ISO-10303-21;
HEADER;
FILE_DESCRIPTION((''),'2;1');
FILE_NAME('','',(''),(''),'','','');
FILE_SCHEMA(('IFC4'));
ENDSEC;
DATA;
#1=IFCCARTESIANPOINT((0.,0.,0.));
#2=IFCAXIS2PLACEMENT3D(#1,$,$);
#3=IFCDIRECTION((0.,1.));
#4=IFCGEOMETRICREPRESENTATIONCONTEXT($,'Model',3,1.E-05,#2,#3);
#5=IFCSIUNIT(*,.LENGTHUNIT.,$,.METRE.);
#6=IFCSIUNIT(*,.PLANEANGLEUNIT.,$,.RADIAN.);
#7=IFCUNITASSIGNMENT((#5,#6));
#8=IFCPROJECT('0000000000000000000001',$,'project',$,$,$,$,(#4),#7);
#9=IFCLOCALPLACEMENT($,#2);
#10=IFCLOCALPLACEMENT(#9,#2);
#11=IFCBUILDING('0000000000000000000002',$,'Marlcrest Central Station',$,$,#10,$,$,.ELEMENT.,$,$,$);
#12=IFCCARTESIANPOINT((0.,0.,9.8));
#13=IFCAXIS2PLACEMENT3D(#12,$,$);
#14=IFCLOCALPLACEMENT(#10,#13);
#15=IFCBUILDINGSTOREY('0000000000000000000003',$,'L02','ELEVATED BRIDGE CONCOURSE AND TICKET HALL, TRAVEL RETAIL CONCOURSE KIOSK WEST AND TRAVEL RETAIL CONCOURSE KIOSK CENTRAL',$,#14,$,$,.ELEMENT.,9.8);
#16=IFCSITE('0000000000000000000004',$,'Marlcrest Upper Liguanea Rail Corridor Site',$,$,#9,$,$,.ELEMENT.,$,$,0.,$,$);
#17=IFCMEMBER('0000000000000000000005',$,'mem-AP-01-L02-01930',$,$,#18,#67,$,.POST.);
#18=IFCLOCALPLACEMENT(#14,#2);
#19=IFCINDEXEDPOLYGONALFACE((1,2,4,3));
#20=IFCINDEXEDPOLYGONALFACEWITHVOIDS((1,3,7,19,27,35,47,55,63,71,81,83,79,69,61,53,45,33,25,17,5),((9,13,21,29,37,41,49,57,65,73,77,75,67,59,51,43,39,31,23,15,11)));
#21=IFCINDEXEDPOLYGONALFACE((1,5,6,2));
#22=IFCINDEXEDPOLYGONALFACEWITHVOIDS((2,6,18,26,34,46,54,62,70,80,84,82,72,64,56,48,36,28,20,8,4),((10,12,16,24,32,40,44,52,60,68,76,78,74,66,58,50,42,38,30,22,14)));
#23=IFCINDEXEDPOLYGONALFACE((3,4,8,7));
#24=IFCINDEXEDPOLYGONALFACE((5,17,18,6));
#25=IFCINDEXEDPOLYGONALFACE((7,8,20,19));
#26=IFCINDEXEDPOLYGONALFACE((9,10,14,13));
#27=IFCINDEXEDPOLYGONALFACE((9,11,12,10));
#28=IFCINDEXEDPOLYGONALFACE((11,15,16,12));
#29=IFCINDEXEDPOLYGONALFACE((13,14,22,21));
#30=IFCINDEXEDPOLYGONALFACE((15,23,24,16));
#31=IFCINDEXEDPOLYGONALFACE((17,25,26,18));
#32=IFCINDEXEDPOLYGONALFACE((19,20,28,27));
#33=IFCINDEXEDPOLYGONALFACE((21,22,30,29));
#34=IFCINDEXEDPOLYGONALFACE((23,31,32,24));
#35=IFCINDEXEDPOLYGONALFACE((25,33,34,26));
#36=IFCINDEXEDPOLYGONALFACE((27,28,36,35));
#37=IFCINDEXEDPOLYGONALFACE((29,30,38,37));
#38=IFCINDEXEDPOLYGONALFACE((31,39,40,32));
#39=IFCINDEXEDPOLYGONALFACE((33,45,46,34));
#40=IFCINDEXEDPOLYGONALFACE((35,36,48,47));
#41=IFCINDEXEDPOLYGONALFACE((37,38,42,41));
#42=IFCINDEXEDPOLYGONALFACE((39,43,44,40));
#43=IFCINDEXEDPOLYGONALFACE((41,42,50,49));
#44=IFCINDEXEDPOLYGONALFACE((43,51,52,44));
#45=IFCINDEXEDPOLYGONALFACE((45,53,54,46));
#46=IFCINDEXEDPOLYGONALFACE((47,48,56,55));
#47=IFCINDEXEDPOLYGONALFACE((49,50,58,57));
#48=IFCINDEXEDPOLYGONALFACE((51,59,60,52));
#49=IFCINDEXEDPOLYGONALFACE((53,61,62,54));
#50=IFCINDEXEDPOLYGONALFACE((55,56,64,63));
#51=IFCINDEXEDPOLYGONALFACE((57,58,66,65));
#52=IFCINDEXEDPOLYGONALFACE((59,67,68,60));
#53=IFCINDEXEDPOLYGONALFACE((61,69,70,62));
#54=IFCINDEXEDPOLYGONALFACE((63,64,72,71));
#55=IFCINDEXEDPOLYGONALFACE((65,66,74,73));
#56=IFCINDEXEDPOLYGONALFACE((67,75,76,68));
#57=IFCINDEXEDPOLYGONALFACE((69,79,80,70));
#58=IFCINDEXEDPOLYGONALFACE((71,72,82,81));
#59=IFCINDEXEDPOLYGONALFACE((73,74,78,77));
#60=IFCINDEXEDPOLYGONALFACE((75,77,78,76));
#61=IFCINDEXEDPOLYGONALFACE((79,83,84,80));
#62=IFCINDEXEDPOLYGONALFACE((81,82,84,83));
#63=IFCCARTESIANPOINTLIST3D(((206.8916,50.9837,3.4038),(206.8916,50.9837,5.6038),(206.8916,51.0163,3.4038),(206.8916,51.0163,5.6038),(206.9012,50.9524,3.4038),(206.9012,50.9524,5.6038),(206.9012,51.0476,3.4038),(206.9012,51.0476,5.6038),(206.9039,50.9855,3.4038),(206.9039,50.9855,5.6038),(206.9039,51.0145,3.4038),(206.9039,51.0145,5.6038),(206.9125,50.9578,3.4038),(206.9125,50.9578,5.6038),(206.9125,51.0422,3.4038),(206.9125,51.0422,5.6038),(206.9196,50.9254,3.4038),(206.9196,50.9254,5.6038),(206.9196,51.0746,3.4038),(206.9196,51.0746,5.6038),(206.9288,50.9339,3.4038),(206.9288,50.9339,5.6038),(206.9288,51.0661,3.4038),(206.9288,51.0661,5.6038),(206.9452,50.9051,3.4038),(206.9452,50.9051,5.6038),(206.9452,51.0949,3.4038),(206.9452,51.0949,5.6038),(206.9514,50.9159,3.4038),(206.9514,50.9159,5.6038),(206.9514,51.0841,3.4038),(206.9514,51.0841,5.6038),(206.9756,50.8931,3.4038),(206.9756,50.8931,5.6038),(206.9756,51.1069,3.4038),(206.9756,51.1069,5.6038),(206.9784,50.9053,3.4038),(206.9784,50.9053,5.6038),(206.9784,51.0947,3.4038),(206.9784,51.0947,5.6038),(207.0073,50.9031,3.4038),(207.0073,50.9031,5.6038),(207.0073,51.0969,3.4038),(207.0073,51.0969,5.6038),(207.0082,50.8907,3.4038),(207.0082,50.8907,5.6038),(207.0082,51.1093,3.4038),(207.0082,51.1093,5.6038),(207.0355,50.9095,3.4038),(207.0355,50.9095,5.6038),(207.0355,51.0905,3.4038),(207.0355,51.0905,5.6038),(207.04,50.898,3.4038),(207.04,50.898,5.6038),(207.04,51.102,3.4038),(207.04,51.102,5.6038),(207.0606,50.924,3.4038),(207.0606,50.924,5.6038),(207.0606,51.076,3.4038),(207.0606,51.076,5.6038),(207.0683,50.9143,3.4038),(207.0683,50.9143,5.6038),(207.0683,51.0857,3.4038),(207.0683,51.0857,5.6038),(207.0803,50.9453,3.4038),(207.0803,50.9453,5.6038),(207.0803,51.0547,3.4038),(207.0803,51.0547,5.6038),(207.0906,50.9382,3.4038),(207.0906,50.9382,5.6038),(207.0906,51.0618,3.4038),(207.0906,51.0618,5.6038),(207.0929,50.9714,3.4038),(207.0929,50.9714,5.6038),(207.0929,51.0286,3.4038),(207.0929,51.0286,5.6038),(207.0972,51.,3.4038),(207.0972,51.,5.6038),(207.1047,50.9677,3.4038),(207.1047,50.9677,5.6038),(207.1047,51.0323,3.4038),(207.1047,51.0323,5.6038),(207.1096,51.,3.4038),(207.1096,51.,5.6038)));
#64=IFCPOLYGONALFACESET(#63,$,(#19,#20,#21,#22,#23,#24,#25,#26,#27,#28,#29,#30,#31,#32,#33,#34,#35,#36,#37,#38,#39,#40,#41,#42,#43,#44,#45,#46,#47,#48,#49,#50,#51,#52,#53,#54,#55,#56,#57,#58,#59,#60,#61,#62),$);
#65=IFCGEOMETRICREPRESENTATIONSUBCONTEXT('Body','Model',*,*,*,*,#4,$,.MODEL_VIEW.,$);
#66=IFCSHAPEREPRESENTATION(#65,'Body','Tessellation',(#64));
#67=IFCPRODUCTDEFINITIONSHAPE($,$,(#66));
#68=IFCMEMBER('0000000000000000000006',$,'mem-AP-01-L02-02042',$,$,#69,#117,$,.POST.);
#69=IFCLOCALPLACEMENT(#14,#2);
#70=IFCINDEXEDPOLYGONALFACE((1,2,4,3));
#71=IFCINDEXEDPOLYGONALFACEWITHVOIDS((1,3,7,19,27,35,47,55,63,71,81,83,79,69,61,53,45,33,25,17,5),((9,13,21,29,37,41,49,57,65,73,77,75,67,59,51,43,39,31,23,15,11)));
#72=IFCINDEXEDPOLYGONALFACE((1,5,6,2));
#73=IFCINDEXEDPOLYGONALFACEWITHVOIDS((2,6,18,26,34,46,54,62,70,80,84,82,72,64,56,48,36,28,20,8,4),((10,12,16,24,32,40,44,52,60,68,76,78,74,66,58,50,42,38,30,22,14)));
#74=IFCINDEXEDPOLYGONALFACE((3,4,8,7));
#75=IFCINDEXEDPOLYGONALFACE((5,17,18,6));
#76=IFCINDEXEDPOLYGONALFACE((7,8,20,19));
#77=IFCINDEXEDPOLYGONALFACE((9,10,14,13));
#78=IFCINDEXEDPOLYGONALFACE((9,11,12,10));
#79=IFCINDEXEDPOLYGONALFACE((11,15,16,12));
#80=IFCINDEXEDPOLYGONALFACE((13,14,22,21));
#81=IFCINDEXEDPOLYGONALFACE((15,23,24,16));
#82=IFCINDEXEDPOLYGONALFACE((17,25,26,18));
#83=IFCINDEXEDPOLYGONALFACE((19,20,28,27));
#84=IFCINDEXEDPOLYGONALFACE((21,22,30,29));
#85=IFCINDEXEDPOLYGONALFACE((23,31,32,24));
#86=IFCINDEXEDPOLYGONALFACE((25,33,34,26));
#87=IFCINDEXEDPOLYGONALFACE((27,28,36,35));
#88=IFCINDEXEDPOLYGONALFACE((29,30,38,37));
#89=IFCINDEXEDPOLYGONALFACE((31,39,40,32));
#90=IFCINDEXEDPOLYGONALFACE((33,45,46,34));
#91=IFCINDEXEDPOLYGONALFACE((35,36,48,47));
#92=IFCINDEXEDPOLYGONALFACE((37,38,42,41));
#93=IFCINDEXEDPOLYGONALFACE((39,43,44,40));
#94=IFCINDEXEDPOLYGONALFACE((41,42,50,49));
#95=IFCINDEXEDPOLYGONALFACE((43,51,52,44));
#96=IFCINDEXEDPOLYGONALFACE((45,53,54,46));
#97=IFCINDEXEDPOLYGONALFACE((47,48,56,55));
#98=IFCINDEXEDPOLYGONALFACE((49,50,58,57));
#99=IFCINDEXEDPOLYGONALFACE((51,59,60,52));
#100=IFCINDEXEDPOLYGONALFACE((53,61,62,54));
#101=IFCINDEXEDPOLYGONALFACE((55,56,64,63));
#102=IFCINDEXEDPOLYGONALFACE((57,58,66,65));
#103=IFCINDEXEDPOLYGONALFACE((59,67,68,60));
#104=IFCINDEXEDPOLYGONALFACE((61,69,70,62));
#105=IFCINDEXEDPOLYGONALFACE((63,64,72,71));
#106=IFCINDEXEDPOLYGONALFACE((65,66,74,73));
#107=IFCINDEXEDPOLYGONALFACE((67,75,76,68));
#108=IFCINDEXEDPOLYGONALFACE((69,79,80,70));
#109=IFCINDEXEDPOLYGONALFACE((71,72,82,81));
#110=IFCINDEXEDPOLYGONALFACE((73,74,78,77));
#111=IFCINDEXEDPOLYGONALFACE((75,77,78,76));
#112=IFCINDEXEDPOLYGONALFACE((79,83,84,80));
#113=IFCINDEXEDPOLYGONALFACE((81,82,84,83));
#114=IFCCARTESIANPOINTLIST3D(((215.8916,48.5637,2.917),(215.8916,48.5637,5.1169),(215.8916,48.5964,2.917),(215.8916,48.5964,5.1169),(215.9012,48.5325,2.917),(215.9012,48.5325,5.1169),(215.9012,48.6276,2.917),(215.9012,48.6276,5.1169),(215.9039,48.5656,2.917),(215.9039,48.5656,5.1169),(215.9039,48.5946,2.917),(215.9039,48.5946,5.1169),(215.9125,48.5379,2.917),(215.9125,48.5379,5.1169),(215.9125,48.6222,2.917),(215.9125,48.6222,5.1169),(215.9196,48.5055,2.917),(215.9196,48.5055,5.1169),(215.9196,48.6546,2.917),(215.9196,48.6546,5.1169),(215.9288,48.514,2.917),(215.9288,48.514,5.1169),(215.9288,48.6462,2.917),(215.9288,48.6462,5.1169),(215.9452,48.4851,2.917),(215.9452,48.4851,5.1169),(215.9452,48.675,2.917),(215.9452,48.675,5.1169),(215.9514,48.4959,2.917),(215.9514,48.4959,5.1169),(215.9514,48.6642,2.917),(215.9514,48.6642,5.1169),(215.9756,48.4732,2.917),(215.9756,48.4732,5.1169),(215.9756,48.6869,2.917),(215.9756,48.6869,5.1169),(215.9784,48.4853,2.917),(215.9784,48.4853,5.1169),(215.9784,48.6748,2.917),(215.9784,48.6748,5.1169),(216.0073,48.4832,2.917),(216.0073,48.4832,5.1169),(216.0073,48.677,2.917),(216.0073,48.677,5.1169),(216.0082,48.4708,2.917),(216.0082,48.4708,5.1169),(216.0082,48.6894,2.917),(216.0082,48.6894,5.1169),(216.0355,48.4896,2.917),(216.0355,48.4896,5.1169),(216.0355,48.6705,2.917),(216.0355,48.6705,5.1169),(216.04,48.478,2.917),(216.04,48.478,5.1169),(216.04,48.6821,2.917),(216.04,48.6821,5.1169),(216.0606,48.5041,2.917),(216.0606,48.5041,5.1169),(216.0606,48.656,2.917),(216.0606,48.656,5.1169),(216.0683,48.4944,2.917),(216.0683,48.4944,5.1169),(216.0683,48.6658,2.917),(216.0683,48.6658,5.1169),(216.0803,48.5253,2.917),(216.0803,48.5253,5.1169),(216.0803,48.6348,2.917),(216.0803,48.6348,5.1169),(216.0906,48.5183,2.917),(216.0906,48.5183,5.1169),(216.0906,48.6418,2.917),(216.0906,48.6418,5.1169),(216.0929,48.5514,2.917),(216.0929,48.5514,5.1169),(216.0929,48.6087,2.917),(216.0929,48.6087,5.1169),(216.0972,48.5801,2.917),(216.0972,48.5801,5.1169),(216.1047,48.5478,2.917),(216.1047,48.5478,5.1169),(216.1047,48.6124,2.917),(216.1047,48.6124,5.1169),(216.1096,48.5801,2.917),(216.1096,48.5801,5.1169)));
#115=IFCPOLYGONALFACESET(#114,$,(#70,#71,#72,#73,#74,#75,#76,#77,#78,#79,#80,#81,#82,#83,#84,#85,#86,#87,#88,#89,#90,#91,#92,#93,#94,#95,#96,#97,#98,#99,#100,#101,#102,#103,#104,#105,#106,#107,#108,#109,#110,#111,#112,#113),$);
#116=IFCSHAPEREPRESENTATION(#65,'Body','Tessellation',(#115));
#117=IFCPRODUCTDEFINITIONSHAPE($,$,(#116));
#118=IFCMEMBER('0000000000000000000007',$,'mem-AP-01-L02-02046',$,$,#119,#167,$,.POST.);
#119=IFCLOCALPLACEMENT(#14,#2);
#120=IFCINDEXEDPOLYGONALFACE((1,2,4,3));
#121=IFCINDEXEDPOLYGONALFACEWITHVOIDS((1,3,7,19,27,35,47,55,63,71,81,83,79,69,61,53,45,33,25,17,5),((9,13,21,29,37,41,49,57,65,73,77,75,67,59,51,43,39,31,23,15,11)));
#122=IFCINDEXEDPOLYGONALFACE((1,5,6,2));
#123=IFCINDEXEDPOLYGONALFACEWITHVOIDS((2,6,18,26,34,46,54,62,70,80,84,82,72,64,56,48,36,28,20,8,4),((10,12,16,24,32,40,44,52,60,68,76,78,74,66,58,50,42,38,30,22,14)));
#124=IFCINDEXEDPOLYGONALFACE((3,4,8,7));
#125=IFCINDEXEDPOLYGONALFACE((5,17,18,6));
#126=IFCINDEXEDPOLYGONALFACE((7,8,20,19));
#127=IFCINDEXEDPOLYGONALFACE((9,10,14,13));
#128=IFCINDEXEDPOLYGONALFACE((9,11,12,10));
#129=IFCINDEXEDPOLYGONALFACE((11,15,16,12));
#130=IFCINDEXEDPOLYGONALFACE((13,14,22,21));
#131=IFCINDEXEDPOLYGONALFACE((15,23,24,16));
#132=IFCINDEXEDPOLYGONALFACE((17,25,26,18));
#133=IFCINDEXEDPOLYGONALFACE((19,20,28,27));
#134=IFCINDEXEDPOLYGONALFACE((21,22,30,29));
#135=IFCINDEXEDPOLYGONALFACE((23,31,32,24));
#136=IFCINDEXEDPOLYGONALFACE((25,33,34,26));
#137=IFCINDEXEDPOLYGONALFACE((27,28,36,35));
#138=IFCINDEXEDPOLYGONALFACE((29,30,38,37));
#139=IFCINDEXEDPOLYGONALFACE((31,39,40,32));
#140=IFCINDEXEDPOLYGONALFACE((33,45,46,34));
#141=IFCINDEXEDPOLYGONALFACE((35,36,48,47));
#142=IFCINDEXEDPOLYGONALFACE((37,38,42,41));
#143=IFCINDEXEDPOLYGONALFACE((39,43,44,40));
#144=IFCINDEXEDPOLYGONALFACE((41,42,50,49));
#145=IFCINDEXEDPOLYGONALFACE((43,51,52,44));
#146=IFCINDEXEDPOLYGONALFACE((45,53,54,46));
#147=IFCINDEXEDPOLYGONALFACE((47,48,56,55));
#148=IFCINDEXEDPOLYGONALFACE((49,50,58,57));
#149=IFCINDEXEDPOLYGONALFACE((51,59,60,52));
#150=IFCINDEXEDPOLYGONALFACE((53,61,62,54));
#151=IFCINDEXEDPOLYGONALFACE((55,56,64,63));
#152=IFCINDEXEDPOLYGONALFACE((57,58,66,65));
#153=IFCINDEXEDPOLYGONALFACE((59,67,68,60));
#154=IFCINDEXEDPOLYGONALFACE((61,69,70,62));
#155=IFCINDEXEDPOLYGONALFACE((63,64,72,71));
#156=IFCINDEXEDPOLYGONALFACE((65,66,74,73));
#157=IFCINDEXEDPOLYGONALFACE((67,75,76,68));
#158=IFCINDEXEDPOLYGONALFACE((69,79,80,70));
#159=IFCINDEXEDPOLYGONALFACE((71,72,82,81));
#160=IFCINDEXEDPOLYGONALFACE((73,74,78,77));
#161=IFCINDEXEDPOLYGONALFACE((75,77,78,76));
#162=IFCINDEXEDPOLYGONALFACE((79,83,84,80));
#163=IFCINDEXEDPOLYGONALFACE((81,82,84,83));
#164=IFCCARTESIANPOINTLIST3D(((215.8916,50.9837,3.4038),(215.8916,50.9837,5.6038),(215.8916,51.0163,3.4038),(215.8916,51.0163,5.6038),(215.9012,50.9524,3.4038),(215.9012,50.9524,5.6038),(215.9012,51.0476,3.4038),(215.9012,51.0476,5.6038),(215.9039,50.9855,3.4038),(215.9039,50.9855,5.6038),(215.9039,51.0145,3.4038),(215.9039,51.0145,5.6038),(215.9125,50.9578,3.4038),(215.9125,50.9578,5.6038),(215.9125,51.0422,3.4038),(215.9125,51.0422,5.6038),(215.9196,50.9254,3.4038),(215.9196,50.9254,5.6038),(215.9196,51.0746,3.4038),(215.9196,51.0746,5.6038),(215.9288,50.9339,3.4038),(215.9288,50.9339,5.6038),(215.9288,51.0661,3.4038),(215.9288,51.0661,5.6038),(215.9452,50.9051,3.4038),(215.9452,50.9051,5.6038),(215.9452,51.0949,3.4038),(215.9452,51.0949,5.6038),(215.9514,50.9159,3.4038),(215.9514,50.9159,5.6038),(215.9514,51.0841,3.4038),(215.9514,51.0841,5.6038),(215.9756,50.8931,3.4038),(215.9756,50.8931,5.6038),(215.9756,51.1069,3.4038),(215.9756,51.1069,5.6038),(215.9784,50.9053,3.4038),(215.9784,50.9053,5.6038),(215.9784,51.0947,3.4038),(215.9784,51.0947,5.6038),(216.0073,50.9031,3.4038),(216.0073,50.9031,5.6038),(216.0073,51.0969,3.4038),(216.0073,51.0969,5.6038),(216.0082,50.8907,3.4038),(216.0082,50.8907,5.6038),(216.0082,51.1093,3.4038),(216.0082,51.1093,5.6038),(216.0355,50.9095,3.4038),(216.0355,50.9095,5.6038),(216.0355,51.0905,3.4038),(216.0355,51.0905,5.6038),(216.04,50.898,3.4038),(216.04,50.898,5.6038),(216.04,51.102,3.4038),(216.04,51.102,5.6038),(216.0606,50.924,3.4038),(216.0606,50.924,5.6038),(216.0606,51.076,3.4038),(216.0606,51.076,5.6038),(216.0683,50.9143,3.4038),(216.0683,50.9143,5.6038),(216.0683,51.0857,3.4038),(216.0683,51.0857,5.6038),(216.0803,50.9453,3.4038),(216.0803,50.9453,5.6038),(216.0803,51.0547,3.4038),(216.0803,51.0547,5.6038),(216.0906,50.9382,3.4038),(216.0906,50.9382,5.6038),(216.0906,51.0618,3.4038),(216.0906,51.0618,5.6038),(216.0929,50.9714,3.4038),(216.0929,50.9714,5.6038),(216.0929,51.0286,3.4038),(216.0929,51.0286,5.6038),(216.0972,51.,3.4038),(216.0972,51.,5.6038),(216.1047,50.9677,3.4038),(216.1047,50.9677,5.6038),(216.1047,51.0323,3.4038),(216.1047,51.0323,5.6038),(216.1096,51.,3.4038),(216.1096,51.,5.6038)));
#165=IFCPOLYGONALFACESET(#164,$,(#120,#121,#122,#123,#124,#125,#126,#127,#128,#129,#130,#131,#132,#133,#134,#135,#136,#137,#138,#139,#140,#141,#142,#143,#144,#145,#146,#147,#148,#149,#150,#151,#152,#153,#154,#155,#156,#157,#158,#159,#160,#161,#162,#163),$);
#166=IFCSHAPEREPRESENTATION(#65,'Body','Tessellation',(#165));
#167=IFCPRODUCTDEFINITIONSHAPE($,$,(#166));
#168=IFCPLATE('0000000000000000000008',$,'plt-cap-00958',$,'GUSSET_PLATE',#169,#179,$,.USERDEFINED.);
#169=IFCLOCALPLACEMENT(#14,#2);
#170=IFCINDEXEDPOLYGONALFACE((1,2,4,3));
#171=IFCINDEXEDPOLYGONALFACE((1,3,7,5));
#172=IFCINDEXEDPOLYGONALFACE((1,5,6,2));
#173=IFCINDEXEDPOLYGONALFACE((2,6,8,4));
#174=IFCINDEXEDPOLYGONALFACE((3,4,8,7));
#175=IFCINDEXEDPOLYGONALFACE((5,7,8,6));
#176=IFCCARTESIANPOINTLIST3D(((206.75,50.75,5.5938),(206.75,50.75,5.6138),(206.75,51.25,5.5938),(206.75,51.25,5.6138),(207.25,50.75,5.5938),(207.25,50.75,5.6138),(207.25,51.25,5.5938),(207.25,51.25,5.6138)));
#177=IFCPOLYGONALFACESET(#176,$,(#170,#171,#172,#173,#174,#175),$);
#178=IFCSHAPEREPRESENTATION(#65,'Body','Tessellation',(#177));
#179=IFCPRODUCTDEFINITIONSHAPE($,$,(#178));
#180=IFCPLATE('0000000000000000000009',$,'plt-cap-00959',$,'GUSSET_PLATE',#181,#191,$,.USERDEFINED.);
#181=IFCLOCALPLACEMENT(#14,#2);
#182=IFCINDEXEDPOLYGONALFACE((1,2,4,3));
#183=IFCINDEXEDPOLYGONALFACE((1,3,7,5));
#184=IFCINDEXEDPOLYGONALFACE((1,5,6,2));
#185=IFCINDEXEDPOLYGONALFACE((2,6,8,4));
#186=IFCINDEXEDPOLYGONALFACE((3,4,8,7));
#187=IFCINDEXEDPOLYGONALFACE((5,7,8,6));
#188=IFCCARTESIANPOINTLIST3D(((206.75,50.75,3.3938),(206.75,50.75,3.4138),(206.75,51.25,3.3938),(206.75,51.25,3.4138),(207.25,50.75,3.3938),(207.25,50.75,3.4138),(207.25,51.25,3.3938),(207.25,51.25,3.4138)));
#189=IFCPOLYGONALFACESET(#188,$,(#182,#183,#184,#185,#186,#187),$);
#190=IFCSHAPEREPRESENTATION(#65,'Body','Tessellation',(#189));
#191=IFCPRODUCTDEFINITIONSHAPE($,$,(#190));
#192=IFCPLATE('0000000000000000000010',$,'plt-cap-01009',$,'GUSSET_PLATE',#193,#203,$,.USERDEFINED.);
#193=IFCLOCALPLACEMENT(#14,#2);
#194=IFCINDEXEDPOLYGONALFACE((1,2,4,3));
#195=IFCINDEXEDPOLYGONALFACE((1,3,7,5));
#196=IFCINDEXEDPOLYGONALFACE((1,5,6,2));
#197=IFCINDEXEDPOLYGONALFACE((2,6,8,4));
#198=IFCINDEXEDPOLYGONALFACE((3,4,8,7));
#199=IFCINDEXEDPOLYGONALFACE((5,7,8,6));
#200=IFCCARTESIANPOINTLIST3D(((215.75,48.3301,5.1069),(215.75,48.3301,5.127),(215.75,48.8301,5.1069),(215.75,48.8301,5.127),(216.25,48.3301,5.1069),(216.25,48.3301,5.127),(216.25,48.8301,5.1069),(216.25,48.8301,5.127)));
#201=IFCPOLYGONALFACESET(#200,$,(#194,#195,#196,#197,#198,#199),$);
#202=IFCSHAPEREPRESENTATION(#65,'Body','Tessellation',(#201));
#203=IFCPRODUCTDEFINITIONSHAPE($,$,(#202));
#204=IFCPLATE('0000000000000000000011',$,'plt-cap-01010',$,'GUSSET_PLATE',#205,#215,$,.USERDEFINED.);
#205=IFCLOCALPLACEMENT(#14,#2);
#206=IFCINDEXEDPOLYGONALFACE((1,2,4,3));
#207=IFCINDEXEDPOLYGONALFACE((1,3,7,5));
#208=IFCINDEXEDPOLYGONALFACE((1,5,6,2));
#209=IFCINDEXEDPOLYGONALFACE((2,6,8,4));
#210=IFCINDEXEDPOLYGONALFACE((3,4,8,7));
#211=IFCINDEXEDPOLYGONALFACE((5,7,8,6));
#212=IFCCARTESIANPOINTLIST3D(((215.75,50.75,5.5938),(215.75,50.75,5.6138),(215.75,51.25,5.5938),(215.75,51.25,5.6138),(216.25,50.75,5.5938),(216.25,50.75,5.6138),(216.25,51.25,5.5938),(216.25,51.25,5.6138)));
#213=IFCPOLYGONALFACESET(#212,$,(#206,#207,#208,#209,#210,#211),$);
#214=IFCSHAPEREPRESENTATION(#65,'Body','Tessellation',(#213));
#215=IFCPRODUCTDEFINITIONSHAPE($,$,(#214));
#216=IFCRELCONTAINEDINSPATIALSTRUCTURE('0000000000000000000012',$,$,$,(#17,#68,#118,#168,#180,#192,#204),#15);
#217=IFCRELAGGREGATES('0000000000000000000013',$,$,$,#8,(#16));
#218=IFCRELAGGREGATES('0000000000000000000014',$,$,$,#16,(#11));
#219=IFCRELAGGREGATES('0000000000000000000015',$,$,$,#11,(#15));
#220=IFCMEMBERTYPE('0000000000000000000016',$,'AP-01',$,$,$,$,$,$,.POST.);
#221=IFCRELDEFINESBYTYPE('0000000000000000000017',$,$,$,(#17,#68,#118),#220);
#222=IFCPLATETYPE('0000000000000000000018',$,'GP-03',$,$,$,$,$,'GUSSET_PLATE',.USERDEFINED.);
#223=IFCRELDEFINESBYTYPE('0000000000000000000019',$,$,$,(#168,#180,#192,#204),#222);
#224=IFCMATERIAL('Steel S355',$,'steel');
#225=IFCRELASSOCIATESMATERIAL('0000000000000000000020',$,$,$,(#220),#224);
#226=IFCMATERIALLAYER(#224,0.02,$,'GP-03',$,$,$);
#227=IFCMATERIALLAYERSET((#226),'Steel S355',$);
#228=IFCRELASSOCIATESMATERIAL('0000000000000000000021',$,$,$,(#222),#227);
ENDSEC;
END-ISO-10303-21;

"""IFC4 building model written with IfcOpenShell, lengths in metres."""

from ifc_helpers import new_model, si_unit, direction, frame, origin, origin_2d, place, context, subcontext, project, spatial, rectangle, hollow_circle, extrude, material, layer, layer_set, material_profile, profile_set, type_object, element, save


model = new_model("IFC4")

# Units and contexts
model_context = context("Model", 3, precision=1e-05, world=origin(), true_north=direction((0.0, 1.0)))
body_context = subcontext(model_context, "Body", "Model", "MODEL_VIEW")
ifc_project = project(units=[si_unit("LENGTHUNIT", "METRE"), si_unit("PLANEANGLEUNIT", "RADIAN")], contexts=[model_context])

# Site, building, storey
site_placement = place(None, origin())
site = spatial("IfcSite", under=ifc_project, at=site_placement, Name="Marlcrest Upper Liguanea Rail Corridor Site", CompositionType="ELEMENT", RefElevation=0.0)
building_placement = place(site_placement, origin())
building = spatial("IfcBuilding", under=site, at=building_placement, Name="Marlcrest Central Station", CompositionType="ELEMENT")
storey_placement = place(building_placement, frame((0.0, 0.0, 9.8)))
storey = spatial("IfcBuildingStorey", under=building, at=storey_placement, Name="L02", Description="ELEVATED BRIDGE CONCOURSE AND TICKET HALL, TRAVEL RETAIL CONCOURSE KIOSK WEST AND TRAVEL RETAIL CONCOURSE KIOSK CENTRAL", CompositionType="ELEMENT", Elevation=9.8)

# Members
ifc_material = material(Name="Steel S355", Category="steel")
ifc_material_profile_1 = material_profile(ifc_material, hollow_circle(Radius=0.1096, WallThickness=0.0125, at=origin_2d()), Name="CHS 219.1x12.5")
ifc_profile_set_1 = profile_set([ifc_material_profile_1], Name="Steel S355")
member_type_1 = type_object("IfcMemberType", Name="AP-01", PredefinedType="POST", material=ifc_profile_set_1)
for number, where, z_axis, x_axis, name in (
    (1, (207.0, 51.0, 3.4038), (0.0, 0.0, 1.0), (1.0, 0.0, 0.0), "mem-AP-01-L02-01930"),
    (2, (216.0, 48.5801, 2.917), (0.0, 0.0, 1.0), (1.0, 0.0, 0.0), "mem-AP-01-L02-02042"),
    (3, (216.0, 51.0, 3.4038), (0.0, 0.0, 1.0), (1.0, 0.0, 0.0), "mem-AP-01-L02-02046"),
):
    element("IfcMember", number, at=place(storey_placement, frame(where, z_axis=z_axis, x_axis=x_axis)), inside=storey, type_object=member_type_1, Name=name, PredefinedType="POST", context=body_context, shape_type="SweptSolid", body=[
        extrude(hollow_circle(Radius=0.1096, WallThickness=0.0125, at=origin_2d()), origin(), (0.0, 0.0, 1.0), 2.2),
    ])

# Plates
ifc_layer = layer(ifc_material, 0.02, Name="GP-03")
ifc_layer_set = layer_set([ifc_layer], Name="Steel S355")
plate_type = type_object("IfcPlateType", Name="GP-03", ElementType="GUSSET_PLATE", PredefinedType="USERDEFINED", material=ifc_layer_set)
for number, where, z_axis, x_axis, name in (
    (4, (207.0, 51.0, 5.5938), (0.0, 0.0, 1.0), (1.0, 0.0, 0.0), "plt-cap-00958"),
    (5, (207.0, 51.0, 3.3938), (0.0, 0.0, 1.0), (1.0, 0.0, 0.0), "plt-cap-00959"),
    (6, (216.0, 48.5801, 5.1069), (0.0, 0.0, 1.0), (1.0, 0.0, 0.0), "plt-cap-01009"),
    (7, (216.0, 51.0, 5.5938), (0.0, 0.0, 1.0), (1.0, 0.0, 0.0), "plt-cap-01010"),
):
    element("IfcPlate", number, at=place(storey_placement, frame(where, z_axis=z_axis, x_axis=x_axis)), inside=storey, type_object=plate_type, Name=name, ObjectType="GUSSET_PLATE", PredefinedType="USERDEFINED", context=body_context, shape_type="SweptSolid", body=[
        extrude(rectangle(XDim=0.5, YDim=0.5, at=origin_2d()), origin(), (0.0, 0.0, 1.0), 0.02),
    ])

save(model, "model.ifc")
